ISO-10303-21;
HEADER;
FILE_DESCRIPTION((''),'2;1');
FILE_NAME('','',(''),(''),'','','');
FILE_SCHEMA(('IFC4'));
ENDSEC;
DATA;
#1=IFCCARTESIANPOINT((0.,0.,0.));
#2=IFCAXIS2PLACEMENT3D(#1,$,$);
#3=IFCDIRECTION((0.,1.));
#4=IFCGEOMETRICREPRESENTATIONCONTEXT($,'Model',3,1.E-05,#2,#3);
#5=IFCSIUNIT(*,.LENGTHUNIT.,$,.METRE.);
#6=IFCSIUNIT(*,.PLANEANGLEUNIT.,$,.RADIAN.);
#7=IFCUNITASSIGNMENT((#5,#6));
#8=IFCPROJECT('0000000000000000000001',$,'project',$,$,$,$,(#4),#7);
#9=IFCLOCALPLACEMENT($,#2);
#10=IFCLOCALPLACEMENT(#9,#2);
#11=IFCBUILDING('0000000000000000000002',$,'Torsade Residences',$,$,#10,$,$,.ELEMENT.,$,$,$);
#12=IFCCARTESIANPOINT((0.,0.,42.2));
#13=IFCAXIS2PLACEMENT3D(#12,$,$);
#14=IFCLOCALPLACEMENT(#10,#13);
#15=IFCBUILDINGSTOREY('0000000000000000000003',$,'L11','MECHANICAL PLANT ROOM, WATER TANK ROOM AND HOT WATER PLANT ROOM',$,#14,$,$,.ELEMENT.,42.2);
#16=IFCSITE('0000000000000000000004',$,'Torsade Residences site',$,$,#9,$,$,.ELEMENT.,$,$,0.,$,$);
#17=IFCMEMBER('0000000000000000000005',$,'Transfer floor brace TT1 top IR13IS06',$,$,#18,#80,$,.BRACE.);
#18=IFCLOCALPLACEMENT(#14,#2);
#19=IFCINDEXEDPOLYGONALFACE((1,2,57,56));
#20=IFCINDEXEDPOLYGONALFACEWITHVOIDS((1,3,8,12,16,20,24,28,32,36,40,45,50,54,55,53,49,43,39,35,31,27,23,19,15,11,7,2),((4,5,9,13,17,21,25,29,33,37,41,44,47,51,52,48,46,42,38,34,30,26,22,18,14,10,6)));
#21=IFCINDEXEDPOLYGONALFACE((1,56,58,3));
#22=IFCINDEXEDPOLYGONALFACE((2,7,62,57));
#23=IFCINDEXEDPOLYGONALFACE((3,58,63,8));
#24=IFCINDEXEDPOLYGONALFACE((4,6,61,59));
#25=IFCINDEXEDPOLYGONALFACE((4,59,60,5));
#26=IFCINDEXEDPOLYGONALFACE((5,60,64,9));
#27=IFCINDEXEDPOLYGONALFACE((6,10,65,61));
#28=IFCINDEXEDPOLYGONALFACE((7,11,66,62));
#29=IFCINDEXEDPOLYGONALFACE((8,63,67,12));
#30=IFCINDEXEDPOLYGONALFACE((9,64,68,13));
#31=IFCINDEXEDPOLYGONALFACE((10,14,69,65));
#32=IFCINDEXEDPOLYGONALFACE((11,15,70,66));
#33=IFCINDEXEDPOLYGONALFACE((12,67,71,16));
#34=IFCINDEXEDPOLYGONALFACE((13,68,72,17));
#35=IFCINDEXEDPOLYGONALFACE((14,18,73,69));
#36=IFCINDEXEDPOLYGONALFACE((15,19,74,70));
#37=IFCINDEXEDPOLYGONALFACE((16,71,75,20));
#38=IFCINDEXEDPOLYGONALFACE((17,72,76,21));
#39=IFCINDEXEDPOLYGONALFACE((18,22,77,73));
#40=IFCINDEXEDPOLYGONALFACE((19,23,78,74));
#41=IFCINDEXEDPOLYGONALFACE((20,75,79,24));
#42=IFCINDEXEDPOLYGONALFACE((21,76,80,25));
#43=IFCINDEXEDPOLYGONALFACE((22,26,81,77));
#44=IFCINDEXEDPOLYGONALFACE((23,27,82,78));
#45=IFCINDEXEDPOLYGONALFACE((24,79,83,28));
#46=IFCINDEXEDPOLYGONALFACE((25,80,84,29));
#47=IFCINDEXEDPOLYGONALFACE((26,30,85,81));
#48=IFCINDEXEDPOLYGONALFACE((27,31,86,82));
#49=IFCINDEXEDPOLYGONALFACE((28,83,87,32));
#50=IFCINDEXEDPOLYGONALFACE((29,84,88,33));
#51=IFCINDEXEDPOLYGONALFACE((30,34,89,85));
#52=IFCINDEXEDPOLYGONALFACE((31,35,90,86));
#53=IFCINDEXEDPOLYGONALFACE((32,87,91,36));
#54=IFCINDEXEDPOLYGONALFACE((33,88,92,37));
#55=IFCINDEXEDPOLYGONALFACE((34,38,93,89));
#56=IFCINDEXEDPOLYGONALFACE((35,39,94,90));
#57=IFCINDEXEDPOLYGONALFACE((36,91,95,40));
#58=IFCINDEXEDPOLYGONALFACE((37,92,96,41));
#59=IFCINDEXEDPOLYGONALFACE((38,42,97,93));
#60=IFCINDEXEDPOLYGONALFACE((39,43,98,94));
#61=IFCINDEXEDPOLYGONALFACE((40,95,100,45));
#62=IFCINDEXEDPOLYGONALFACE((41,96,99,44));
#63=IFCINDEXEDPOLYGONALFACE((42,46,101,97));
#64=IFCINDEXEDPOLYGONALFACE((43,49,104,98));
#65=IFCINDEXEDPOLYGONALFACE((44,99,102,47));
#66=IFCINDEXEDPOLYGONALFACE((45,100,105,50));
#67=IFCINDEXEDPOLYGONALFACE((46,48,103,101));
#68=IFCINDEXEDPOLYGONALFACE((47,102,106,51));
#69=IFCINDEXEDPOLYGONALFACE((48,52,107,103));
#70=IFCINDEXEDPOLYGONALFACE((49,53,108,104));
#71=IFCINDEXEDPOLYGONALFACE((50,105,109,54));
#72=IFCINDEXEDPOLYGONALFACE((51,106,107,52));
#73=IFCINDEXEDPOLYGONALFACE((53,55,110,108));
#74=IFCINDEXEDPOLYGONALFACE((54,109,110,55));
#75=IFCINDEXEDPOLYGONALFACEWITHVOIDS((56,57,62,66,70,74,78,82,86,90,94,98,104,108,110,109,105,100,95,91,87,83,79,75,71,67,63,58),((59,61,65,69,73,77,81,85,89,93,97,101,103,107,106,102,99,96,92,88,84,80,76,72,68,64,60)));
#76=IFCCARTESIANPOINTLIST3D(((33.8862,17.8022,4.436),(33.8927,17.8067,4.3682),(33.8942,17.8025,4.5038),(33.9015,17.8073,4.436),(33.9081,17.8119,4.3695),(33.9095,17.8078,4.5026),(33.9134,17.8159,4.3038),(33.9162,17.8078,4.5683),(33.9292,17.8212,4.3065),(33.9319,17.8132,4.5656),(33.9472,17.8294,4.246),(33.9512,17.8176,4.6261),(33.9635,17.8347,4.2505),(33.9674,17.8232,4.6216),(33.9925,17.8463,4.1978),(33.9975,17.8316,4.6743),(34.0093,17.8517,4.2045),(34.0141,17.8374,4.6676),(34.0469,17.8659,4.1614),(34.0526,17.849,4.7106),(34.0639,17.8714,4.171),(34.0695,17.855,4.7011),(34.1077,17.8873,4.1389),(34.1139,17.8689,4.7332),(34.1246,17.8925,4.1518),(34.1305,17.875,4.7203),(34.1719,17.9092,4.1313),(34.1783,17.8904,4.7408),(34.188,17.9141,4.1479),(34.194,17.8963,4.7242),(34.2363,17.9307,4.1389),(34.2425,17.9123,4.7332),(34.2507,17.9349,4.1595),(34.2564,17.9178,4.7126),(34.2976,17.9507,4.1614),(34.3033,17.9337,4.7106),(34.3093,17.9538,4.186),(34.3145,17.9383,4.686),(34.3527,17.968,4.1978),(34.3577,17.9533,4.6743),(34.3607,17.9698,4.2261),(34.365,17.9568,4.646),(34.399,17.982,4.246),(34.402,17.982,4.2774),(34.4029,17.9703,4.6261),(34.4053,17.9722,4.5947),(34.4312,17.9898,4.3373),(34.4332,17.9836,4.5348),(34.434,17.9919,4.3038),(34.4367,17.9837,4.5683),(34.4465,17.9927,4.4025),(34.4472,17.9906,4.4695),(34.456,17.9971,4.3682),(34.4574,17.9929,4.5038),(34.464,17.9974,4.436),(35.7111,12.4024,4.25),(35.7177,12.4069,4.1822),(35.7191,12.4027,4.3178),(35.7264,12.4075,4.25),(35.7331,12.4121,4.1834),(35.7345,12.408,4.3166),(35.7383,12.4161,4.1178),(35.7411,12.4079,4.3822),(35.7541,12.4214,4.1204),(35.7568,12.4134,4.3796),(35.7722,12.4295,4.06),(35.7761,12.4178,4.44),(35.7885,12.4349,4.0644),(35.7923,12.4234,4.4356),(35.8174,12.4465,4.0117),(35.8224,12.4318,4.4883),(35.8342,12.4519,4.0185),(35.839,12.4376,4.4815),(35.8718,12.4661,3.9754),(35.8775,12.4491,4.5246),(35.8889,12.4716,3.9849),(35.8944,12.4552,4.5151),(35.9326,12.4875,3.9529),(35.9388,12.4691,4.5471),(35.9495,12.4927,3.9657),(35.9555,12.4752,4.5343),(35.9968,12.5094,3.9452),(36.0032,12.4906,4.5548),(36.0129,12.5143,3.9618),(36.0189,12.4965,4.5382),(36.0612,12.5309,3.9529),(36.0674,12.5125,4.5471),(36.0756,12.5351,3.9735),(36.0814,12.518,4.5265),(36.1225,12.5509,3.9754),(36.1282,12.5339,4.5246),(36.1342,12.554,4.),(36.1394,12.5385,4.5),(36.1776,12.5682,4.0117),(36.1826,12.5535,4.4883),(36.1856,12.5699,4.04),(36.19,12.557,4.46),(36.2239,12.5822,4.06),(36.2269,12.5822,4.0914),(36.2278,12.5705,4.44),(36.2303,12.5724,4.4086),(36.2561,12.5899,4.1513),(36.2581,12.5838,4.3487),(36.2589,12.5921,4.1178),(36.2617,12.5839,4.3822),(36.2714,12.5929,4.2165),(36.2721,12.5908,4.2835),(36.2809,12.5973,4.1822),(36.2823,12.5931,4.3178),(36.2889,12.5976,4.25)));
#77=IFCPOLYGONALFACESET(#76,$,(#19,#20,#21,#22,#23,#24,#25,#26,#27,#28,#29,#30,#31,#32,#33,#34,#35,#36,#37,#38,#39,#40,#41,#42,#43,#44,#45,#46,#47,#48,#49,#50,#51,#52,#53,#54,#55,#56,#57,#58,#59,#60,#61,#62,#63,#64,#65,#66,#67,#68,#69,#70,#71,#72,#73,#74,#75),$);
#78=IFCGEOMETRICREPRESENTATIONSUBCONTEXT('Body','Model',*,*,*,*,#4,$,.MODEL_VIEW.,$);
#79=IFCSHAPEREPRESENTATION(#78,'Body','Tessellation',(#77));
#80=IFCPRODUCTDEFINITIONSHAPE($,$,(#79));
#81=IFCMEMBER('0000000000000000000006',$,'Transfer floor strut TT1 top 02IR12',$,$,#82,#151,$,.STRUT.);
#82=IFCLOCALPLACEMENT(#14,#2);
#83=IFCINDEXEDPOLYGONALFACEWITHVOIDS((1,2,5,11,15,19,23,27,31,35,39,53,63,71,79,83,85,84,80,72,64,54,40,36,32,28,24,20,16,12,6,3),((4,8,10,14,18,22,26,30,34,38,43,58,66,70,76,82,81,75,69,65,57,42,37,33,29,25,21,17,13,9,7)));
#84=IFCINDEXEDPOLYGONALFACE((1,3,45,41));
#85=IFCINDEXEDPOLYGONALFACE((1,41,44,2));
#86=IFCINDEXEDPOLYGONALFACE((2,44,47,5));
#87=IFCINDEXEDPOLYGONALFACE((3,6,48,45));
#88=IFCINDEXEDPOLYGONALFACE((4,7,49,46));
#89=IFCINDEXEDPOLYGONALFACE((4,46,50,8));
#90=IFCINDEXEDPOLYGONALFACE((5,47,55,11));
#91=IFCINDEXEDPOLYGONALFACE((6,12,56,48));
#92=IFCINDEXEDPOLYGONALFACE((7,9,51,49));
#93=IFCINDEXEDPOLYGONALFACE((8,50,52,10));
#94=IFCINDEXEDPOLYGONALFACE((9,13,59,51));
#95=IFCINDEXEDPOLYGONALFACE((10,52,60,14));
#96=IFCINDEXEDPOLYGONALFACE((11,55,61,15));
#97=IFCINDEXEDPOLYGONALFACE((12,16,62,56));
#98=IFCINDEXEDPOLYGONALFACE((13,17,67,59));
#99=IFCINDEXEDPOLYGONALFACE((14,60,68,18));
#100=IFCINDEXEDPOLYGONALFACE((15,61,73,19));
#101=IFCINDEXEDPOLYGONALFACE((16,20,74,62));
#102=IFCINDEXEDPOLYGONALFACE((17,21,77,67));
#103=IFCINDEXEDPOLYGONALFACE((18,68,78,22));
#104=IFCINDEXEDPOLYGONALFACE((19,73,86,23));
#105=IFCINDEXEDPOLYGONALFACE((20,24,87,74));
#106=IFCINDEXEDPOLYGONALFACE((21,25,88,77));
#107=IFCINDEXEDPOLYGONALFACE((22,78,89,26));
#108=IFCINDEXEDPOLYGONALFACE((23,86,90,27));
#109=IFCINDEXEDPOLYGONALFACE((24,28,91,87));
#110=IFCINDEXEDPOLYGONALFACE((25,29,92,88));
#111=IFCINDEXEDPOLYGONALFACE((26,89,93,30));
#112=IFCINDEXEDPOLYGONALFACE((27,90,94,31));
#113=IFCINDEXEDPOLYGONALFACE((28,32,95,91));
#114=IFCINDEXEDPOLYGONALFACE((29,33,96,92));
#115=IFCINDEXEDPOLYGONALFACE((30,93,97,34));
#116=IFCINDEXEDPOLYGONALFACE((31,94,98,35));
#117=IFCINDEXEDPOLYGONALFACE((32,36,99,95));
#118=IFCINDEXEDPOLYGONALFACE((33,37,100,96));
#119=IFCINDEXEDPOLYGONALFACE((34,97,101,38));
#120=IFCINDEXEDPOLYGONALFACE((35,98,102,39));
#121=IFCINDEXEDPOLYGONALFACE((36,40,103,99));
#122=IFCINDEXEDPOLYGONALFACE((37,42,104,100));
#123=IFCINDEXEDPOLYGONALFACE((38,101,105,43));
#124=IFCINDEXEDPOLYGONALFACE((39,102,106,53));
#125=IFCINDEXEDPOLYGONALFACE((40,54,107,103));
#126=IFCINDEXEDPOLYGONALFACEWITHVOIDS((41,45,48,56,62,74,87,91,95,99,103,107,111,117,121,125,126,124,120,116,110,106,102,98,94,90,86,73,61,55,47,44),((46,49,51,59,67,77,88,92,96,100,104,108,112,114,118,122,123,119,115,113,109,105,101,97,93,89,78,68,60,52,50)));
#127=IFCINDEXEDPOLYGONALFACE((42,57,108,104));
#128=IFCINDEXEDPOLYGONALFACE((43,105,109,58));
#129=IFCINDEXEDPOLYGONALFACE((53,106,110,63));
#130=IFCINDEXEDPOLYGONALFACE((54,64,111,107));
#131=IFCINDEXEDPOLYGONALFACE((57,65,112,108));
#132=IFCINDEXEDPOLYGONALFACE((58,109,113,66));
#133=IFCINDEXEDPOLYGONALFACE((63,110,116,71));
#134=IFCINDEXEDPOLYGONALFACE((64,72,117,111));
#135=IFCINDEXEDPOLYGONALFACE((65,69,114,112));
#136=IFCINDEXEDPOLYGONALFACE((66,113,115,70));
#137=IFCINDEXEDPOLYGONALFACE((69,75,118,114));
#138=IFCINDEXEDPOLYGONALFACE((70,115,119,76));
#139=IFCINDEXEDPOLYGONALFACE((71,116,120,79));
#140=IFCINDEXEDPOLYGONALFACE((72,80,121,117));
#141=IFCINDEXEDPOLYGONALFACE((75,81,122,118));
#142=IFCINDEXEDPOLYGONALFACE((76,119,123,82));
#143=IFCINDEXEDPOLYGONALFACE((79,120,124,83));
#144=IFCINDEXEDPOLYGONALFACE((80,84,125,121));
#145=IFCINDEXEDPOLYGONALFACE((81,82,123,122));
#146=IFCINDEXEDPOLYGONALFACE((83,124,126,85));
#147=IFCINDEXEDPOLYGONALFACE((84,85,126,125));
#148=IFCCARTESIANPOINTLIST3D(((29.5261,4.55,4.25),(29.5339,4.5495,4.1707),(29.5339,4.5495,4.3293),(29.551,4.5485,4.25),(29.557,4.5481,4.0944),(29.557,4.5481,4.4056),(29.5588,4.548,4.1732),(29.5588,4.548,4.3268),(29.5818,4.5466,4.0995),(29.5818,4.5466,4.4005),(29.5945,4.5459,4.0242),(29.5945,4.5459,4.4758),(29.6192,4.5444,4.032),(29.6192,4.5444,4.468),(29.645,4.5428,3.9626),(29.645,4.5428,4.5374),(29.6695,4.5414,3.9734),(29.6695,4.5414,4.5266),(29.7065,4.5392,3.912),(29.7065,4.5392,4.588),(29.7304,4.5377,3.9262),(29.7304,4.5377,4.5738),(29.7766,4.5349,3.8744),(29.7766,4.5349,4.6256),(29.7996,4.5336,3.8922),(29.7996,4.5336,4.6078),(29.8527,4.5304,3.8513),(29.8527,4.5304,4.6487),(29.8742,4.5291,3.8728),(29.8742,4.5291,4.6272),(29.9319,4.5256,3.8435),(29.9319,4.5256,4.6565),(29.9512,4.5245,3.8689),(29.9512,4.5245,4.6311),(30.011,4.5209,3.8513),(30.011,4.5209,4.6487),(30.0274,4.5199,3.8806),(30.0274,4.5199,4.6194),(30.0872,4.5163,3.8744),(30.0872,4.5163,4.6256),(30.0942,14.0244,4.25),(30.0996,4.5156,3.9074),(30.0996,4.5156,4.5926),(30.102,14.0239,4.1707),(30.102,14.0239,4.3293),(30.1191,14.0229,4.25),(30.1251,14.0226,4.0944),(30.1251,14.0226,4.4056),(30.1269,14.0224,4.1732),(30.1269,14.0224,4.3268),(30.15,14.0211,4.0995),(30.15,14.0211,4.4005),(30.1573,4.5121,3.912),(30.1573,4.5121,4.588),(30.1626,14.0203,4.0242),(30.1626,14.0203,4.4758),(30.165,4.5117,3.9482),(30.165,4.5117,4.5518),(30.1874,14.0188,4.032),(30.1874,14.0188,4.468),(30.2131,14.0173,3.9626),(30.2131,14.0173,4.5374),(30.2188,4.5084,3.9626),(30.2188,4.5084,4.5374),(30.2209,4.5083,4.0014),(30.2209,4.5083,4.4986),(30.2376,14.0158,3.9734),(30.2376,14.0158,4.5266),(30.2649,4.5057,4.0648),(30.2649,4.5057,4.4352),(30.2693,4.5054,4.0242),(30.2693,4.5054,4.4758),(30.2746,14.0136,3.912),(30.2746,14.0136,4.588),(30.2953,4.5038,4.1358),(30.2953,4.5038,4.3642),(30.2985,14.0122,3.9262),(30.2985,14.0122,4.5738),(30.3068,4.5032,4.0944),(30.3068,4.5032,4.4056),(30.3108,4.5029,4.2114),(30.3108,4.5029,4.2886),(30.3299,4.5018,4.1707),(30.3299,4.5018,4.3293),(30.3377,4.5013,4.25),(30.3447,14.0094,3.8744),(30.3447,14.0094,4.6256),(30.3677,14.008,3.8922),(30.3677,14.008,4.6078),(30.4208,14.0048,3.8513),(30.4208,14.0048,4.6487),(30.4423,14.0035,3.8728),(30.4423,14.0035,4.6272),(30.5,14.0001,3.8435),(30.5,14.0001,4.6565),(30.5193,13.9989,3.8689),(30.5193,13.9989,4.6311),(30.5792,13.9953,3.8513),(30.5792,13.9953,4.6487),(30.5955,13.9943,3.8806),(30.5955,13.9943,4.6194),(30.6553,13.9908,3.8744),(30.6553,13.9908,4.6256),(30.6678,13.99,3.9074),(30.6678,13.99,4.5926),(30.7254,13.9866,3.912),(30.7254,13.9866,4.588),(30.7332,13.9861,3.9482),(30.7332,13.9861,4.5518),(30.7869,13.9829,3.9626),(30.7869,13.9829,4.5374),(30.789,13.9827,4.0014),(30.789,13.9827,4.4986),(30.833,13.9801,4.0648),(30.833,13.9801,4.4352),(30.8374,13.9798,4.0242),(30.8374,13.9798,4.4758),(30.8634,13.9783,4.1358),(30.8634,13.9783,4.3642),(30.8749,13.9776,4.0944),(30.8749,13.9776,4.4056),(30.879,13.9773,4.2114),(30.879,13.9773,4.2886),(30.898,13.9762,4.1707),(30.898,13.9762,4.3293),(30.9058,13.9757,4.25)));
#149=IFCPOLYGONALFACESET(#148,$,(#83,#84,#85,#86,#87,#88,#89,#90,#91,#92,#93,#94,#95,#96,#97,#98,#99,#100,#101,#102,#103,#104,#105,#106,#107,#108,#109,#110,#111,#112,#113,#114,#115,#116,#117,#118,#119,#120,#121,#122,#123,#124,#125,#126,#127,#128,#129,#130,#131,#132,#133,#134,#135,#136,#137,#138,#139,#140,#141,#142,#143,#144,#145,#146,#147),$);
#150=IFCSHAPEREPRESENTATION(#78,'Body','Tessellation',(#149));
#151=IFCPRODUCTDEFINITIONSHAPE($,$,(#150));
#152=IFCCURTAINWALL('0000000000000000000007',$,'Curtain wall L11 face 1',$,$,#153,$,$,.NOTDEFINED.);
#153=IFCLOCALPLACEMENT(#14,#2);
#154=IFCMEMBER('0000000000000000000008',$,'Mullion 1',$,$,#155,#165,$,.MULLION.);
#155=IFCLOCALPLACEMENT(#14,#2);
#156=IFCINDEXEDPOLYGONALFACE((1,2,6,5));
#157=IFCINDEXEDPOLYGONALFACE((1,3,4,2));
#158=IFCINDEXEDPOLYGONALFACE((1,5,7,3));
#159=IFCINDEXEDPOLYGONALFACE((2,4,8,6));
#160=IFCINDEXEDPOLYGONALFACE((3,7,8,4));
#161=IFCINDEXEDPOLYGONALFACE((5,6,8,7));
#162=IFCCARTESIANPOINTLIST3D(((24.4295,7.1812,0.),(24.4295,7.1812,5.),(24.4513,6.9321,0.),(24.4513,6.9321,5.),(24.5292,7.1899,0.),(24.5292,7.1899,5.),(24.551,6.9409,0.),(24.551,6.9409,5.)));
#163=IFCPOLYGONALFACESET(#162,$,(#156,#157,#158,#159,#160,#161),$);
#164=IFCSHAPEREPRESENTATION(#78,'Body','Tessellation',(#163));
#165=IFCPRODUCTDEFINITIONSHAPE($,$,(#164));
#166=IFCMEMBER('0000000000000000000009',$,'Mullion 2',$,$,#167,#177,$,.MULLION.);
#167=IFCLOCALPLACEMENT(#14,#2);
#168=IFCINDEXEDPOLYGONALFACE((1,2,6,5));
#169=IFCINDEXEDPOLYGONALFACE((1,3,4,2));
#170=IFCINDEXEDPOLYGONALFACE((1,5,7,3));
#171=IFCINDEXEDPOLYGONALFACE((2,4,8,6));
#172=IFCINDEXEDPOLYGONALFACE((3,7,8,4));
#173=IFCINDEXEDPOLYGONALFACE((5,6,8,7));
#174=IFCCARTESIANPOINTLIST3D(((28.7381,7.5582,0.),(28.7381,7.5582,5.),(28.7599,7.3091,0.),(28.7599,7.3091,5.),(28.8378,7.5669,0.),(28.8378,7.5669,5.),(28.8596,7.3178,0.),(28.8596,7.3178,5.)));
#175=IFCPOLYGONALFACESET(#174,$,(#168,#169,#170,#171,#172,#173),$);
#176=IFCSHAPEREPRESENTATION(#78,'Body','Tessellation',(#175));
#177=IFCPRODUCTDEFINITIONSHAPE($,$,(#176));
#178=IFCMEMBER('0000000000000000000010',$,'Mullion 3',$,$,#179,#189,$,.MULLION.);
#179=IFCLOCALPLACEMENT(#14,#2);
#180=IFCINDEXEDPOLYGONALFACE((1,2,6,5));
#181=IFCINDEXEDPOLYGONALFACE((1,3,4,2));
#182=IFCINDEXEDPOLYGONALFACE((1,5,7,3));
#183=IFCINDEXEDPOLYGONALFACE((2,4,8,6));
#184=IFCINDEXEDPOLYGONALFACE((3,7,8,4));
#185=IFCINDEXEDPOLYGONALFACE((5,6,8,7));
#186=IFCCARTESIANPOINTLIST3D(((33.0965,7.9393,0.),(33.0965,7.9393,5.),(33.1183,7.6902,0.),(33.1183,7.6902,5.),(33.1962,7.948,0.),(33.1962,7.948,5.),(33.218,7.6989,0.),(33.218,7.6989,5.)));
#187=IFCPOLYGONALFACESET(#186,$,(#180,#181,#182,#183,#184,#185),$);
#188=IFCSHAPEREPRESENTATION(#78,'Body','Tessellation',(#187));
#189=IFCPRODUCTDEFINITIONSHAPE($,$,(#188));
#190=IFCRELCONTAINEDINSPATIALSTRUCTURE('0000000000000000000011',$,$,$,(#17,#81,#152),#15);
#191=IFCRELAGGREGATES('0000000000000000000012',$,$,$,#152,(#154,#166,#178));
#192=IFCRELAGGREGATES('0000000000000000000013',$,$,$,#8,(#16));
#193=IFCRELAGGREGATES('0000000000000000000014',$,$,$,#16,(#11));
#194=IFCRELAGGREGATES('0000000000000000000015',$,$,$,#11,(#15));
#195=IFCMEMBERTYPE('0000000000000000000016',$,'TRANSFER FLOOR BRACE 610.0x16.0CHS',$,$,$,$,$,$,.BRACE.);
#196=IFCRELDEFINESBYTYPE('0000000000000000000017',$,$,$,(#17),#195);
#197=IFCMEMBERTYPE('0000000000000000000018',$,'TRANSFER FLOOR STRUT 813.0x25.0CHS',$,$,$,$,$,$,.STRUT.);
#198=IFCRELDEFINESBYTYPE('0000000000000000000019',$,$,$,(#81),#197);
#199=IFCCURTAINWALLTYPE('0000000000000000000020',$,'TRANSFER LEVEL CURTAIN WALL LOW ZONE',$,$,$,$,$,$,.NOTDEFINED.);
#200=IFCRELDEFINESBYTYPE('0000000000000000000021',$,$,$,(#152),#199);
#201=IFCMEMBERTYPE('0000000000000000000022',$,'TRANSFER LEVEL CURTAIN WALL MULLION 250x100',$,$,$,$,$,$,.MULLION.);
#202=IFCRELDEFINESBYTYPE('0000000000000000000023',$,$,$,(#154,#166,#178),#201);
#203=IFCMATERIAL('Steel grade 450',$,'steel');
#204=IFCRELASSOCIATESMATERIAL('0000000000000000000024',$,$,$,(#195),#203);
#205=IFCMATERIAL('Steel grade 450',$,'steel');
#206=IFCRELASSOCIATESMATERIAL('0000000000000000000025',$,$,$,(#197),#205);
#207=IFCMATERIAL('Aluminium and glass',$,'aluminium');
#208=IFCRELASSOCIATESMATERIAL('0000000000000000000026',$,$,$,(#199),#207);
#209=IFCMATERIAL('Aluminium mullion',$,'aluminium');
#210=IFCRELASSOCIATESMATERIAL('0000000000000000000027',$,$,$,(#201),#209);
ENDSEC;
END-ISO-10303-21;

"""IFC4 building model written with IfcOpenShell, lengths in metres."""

from ifc_helpers import new_model, si_unit, direction, frame, origin, origin_2d, place, context, subcontext, project, spatial, rectangle, hollow_circle, extrude, material, material_profile, profile_set, type_object, element, aggregate, save


model = new_model("IFC4")

# Units and contexts
model_context = context("Model", 3, precision=1e-05, world=origin(), true_north=direction((0.0, 1.0)))
body_context = subcontext(model_context, "Body", "Model", "MODEL_VIEW")
ifc_project = project(units=[si_unit("LENGTHUNIT", "METRE"), si_unit("PLANEANGLEUNIT", "RADIAN")], contexts=[model_context])

# Site, building, storey
site_placement = place(None, origin())
site = spatial("IfcSite", under=ifc_project, at=site_placement, Name="Torsade Residences site", CompositionType="ELEMENT", RefElevation=0.0)
building_placement = place(site_placement, origin())
building = spatial("IfcBuilding", under=site, at=building_placement, Name="Torsade Residences", CompositionType="ELEMENT")
storey_placement = place(building_placement, frame((0.0, 0.0, 42.2)))
storey = spatial("IfcBuildingStorey", under=building, at=storey_placement, Name="L11", Description="MECHANICAL PLANT ROOM, WATER TANK ROOM AND HOT WATER PLANT ROOM", CompositionType="ELEMENT", Elevation=42.2)

# Members
ifc_material_1 = material(Name="Steel grade 450", Category="steel")
ifc_material_profile_1 = material_profile(ifc_material_1, hollow_circle(Radius=0.3049, WallThickness=0.0161, at=origin_2d()), Name="610.0x16.0CHS")
ifc_profile_set_1 = profile_set([ifc_material_profile_1], Name="Steel grade 450")
member_type_1 = type_object("IfcMemberType", Name="TRANSFER FLOOR BRACE 610.0x16.0CHS", PredefinedType="BRACE", material=ifc_profile_set_1)
member_1_placement = place(storey_placement, frame((36.0, 12.5, 4.25), z_axis=(-0.319999, 0.946856, 0.032621), x_axis=(-0.94736, -0.32017, 0.0)))
element("IfcMember", 1, at=member_1_placement, inside=storey, type_object=member_type_1, Name="Transfer floor brace TT1 top IR13IS06", PredefinedType="BRACE", context=body_context, shape_type="SweptSolid", body=[
    extrude(hollow_circle(Radius=0.3049, WallThickness=0.0161, at=origin_2d()), origin(), (0.0, 0.0, 1.0), 5.7029),
])
ifc_material_2 = material(Name="Steel grade 450", Category="steel")
ifc_material_profile_2 = material_profile(ifc_material_2, hollow_circle(Radius=0.4065, WallThickness=0.0249, at=origin_2d()), Name="813.0x25.0CHS")
ifc_profile_set_2 = profile_set([ifc_material_profile_2], Name="Steel grade 450")
member_type_2 = type_object("IfcMemberType", Name="TRANSFER FLOOR STRUT 813.0x25.0CHS", PredefinedType="STRUT", material=ifc_profile_set_2)
member_2_placement = place(storey_placement, frame((29.9319, 4.5256, 4.25), z_axis=(0.059856, 0.998207, 0.0), x_axis=(-0.998207, 0.059856, 0.0)))
element("IfcMember", 2, at=member_2_placement, inside=storey, type_object=member_type_2, Name="Transfer floor strut TT1 top 02IR12", PredefinedType="STRUT", context=body_context, shape_type="SweptSolid", body=[
    extrude(hollow_circle(Radius=0.4065, WallThickness=0.0249, at=origin_2d()), origin(), (0.0, 0.0, 1.0), 9.4915),
])

# Curtain wall, members
ifc_material_3 = material(Name="Aluminium and glass", Category="aluminium")
curtain_wall_type = type_object("IfcCurtainWallType", Name="TRANSFER LEVEL CURTAIN WALL LOW ZONE", PredefinedType="NOTDEFINED", material=ifc_material_3)
curtain_wall_1_placement = place(storey_placement, origin())
curtain_wall_1 = element("IfcCurtainWall", 3, at=curtain_wall_1_placement, inside=storey, type_object=curtain_wall_type, Name="Curtain wall L11 face 1", PredefinedType="NOTDEFINED")
ifc_material_4 = material(Name="Aluminium mullion", Category="aluminium")
ifc_material_profile_3 = material_profile(ifc_material_4, rectangle(XDim=0.25, YDim=0.1001, at=origin_2d()), Name="TRANSFER LEVEL CURTAIN WALL MULLION 250x100")
ifc_profile_set_3 = profile_set([ifc_material_profile_3], Name="Aluminium mullion")
member_type_3 = type_object("IfcMemberType", Name="TRANSFER LEVEL CURTAIN WALL MULLION 250x100", PredefinedType="MULLION", material=ifc_profile_set_3)
member_3_placement = place(storey_placement, frame((24.4902, 7.061, 0.0), z_axis=(0.0, 0.0, 1.0), x_axis=(-0.087156, 0.996195, 0.0)))
member_3 = element("IfcMember", 4, at=member_3_placement, type_object=member_type_3, Name="Mullion 1", PredefinedType="MULLION", context=body_context, shape_type="SweptSolid", body=[
    extrude(rectangle(XDim=0.25, YDim=0.1001, at=origin_2d()), origin(), (0.0, 0.0, 1.0), 5.0),
])
member_4_placement = place(storey_placement, frame((28.7988, 7.438, 0.0), z_axis=(0.0, 0.0, 1.0), x_axis=(-0.087156, 0.996195, 0.0)))
member_4 = element("IfcMember", 5, at=member_4_placement, type_object=member_type_3, Name="Mullion 2", PredefinedType="MULLION", context=body_context, shape_type="SweptSolid", body=[
    extrude(rectangle(XDim=0.25, YDim=0.1001, at=origin_2d()), origin(), (0.0, 0.0, 1.0), 5.0),
])
member_5_placement = place(storey_placement, frame((33.1572, 7.8191, 0.0), z_axis=(0.0, 0.0, 1.0), x_axis=(-0.087156, 0.996195, 0.0)))
member_5 = element("IfcMember", 6, at=member_5_placement, type_object=member_type_3, Name="Mullion 3", PredefinedType="MULLION", context=body_context, shape_type="SweptSolid", body=[
    extrude(rectangle(XDim=0.25, YDim=0.1001, at=origin_2d()), origin(), (0.0, 0.0, 1.0), 5.0),
])

aggregate(curtain_wall_1, [member_3, member_4, member_5])

save(model, "model.ifc")
